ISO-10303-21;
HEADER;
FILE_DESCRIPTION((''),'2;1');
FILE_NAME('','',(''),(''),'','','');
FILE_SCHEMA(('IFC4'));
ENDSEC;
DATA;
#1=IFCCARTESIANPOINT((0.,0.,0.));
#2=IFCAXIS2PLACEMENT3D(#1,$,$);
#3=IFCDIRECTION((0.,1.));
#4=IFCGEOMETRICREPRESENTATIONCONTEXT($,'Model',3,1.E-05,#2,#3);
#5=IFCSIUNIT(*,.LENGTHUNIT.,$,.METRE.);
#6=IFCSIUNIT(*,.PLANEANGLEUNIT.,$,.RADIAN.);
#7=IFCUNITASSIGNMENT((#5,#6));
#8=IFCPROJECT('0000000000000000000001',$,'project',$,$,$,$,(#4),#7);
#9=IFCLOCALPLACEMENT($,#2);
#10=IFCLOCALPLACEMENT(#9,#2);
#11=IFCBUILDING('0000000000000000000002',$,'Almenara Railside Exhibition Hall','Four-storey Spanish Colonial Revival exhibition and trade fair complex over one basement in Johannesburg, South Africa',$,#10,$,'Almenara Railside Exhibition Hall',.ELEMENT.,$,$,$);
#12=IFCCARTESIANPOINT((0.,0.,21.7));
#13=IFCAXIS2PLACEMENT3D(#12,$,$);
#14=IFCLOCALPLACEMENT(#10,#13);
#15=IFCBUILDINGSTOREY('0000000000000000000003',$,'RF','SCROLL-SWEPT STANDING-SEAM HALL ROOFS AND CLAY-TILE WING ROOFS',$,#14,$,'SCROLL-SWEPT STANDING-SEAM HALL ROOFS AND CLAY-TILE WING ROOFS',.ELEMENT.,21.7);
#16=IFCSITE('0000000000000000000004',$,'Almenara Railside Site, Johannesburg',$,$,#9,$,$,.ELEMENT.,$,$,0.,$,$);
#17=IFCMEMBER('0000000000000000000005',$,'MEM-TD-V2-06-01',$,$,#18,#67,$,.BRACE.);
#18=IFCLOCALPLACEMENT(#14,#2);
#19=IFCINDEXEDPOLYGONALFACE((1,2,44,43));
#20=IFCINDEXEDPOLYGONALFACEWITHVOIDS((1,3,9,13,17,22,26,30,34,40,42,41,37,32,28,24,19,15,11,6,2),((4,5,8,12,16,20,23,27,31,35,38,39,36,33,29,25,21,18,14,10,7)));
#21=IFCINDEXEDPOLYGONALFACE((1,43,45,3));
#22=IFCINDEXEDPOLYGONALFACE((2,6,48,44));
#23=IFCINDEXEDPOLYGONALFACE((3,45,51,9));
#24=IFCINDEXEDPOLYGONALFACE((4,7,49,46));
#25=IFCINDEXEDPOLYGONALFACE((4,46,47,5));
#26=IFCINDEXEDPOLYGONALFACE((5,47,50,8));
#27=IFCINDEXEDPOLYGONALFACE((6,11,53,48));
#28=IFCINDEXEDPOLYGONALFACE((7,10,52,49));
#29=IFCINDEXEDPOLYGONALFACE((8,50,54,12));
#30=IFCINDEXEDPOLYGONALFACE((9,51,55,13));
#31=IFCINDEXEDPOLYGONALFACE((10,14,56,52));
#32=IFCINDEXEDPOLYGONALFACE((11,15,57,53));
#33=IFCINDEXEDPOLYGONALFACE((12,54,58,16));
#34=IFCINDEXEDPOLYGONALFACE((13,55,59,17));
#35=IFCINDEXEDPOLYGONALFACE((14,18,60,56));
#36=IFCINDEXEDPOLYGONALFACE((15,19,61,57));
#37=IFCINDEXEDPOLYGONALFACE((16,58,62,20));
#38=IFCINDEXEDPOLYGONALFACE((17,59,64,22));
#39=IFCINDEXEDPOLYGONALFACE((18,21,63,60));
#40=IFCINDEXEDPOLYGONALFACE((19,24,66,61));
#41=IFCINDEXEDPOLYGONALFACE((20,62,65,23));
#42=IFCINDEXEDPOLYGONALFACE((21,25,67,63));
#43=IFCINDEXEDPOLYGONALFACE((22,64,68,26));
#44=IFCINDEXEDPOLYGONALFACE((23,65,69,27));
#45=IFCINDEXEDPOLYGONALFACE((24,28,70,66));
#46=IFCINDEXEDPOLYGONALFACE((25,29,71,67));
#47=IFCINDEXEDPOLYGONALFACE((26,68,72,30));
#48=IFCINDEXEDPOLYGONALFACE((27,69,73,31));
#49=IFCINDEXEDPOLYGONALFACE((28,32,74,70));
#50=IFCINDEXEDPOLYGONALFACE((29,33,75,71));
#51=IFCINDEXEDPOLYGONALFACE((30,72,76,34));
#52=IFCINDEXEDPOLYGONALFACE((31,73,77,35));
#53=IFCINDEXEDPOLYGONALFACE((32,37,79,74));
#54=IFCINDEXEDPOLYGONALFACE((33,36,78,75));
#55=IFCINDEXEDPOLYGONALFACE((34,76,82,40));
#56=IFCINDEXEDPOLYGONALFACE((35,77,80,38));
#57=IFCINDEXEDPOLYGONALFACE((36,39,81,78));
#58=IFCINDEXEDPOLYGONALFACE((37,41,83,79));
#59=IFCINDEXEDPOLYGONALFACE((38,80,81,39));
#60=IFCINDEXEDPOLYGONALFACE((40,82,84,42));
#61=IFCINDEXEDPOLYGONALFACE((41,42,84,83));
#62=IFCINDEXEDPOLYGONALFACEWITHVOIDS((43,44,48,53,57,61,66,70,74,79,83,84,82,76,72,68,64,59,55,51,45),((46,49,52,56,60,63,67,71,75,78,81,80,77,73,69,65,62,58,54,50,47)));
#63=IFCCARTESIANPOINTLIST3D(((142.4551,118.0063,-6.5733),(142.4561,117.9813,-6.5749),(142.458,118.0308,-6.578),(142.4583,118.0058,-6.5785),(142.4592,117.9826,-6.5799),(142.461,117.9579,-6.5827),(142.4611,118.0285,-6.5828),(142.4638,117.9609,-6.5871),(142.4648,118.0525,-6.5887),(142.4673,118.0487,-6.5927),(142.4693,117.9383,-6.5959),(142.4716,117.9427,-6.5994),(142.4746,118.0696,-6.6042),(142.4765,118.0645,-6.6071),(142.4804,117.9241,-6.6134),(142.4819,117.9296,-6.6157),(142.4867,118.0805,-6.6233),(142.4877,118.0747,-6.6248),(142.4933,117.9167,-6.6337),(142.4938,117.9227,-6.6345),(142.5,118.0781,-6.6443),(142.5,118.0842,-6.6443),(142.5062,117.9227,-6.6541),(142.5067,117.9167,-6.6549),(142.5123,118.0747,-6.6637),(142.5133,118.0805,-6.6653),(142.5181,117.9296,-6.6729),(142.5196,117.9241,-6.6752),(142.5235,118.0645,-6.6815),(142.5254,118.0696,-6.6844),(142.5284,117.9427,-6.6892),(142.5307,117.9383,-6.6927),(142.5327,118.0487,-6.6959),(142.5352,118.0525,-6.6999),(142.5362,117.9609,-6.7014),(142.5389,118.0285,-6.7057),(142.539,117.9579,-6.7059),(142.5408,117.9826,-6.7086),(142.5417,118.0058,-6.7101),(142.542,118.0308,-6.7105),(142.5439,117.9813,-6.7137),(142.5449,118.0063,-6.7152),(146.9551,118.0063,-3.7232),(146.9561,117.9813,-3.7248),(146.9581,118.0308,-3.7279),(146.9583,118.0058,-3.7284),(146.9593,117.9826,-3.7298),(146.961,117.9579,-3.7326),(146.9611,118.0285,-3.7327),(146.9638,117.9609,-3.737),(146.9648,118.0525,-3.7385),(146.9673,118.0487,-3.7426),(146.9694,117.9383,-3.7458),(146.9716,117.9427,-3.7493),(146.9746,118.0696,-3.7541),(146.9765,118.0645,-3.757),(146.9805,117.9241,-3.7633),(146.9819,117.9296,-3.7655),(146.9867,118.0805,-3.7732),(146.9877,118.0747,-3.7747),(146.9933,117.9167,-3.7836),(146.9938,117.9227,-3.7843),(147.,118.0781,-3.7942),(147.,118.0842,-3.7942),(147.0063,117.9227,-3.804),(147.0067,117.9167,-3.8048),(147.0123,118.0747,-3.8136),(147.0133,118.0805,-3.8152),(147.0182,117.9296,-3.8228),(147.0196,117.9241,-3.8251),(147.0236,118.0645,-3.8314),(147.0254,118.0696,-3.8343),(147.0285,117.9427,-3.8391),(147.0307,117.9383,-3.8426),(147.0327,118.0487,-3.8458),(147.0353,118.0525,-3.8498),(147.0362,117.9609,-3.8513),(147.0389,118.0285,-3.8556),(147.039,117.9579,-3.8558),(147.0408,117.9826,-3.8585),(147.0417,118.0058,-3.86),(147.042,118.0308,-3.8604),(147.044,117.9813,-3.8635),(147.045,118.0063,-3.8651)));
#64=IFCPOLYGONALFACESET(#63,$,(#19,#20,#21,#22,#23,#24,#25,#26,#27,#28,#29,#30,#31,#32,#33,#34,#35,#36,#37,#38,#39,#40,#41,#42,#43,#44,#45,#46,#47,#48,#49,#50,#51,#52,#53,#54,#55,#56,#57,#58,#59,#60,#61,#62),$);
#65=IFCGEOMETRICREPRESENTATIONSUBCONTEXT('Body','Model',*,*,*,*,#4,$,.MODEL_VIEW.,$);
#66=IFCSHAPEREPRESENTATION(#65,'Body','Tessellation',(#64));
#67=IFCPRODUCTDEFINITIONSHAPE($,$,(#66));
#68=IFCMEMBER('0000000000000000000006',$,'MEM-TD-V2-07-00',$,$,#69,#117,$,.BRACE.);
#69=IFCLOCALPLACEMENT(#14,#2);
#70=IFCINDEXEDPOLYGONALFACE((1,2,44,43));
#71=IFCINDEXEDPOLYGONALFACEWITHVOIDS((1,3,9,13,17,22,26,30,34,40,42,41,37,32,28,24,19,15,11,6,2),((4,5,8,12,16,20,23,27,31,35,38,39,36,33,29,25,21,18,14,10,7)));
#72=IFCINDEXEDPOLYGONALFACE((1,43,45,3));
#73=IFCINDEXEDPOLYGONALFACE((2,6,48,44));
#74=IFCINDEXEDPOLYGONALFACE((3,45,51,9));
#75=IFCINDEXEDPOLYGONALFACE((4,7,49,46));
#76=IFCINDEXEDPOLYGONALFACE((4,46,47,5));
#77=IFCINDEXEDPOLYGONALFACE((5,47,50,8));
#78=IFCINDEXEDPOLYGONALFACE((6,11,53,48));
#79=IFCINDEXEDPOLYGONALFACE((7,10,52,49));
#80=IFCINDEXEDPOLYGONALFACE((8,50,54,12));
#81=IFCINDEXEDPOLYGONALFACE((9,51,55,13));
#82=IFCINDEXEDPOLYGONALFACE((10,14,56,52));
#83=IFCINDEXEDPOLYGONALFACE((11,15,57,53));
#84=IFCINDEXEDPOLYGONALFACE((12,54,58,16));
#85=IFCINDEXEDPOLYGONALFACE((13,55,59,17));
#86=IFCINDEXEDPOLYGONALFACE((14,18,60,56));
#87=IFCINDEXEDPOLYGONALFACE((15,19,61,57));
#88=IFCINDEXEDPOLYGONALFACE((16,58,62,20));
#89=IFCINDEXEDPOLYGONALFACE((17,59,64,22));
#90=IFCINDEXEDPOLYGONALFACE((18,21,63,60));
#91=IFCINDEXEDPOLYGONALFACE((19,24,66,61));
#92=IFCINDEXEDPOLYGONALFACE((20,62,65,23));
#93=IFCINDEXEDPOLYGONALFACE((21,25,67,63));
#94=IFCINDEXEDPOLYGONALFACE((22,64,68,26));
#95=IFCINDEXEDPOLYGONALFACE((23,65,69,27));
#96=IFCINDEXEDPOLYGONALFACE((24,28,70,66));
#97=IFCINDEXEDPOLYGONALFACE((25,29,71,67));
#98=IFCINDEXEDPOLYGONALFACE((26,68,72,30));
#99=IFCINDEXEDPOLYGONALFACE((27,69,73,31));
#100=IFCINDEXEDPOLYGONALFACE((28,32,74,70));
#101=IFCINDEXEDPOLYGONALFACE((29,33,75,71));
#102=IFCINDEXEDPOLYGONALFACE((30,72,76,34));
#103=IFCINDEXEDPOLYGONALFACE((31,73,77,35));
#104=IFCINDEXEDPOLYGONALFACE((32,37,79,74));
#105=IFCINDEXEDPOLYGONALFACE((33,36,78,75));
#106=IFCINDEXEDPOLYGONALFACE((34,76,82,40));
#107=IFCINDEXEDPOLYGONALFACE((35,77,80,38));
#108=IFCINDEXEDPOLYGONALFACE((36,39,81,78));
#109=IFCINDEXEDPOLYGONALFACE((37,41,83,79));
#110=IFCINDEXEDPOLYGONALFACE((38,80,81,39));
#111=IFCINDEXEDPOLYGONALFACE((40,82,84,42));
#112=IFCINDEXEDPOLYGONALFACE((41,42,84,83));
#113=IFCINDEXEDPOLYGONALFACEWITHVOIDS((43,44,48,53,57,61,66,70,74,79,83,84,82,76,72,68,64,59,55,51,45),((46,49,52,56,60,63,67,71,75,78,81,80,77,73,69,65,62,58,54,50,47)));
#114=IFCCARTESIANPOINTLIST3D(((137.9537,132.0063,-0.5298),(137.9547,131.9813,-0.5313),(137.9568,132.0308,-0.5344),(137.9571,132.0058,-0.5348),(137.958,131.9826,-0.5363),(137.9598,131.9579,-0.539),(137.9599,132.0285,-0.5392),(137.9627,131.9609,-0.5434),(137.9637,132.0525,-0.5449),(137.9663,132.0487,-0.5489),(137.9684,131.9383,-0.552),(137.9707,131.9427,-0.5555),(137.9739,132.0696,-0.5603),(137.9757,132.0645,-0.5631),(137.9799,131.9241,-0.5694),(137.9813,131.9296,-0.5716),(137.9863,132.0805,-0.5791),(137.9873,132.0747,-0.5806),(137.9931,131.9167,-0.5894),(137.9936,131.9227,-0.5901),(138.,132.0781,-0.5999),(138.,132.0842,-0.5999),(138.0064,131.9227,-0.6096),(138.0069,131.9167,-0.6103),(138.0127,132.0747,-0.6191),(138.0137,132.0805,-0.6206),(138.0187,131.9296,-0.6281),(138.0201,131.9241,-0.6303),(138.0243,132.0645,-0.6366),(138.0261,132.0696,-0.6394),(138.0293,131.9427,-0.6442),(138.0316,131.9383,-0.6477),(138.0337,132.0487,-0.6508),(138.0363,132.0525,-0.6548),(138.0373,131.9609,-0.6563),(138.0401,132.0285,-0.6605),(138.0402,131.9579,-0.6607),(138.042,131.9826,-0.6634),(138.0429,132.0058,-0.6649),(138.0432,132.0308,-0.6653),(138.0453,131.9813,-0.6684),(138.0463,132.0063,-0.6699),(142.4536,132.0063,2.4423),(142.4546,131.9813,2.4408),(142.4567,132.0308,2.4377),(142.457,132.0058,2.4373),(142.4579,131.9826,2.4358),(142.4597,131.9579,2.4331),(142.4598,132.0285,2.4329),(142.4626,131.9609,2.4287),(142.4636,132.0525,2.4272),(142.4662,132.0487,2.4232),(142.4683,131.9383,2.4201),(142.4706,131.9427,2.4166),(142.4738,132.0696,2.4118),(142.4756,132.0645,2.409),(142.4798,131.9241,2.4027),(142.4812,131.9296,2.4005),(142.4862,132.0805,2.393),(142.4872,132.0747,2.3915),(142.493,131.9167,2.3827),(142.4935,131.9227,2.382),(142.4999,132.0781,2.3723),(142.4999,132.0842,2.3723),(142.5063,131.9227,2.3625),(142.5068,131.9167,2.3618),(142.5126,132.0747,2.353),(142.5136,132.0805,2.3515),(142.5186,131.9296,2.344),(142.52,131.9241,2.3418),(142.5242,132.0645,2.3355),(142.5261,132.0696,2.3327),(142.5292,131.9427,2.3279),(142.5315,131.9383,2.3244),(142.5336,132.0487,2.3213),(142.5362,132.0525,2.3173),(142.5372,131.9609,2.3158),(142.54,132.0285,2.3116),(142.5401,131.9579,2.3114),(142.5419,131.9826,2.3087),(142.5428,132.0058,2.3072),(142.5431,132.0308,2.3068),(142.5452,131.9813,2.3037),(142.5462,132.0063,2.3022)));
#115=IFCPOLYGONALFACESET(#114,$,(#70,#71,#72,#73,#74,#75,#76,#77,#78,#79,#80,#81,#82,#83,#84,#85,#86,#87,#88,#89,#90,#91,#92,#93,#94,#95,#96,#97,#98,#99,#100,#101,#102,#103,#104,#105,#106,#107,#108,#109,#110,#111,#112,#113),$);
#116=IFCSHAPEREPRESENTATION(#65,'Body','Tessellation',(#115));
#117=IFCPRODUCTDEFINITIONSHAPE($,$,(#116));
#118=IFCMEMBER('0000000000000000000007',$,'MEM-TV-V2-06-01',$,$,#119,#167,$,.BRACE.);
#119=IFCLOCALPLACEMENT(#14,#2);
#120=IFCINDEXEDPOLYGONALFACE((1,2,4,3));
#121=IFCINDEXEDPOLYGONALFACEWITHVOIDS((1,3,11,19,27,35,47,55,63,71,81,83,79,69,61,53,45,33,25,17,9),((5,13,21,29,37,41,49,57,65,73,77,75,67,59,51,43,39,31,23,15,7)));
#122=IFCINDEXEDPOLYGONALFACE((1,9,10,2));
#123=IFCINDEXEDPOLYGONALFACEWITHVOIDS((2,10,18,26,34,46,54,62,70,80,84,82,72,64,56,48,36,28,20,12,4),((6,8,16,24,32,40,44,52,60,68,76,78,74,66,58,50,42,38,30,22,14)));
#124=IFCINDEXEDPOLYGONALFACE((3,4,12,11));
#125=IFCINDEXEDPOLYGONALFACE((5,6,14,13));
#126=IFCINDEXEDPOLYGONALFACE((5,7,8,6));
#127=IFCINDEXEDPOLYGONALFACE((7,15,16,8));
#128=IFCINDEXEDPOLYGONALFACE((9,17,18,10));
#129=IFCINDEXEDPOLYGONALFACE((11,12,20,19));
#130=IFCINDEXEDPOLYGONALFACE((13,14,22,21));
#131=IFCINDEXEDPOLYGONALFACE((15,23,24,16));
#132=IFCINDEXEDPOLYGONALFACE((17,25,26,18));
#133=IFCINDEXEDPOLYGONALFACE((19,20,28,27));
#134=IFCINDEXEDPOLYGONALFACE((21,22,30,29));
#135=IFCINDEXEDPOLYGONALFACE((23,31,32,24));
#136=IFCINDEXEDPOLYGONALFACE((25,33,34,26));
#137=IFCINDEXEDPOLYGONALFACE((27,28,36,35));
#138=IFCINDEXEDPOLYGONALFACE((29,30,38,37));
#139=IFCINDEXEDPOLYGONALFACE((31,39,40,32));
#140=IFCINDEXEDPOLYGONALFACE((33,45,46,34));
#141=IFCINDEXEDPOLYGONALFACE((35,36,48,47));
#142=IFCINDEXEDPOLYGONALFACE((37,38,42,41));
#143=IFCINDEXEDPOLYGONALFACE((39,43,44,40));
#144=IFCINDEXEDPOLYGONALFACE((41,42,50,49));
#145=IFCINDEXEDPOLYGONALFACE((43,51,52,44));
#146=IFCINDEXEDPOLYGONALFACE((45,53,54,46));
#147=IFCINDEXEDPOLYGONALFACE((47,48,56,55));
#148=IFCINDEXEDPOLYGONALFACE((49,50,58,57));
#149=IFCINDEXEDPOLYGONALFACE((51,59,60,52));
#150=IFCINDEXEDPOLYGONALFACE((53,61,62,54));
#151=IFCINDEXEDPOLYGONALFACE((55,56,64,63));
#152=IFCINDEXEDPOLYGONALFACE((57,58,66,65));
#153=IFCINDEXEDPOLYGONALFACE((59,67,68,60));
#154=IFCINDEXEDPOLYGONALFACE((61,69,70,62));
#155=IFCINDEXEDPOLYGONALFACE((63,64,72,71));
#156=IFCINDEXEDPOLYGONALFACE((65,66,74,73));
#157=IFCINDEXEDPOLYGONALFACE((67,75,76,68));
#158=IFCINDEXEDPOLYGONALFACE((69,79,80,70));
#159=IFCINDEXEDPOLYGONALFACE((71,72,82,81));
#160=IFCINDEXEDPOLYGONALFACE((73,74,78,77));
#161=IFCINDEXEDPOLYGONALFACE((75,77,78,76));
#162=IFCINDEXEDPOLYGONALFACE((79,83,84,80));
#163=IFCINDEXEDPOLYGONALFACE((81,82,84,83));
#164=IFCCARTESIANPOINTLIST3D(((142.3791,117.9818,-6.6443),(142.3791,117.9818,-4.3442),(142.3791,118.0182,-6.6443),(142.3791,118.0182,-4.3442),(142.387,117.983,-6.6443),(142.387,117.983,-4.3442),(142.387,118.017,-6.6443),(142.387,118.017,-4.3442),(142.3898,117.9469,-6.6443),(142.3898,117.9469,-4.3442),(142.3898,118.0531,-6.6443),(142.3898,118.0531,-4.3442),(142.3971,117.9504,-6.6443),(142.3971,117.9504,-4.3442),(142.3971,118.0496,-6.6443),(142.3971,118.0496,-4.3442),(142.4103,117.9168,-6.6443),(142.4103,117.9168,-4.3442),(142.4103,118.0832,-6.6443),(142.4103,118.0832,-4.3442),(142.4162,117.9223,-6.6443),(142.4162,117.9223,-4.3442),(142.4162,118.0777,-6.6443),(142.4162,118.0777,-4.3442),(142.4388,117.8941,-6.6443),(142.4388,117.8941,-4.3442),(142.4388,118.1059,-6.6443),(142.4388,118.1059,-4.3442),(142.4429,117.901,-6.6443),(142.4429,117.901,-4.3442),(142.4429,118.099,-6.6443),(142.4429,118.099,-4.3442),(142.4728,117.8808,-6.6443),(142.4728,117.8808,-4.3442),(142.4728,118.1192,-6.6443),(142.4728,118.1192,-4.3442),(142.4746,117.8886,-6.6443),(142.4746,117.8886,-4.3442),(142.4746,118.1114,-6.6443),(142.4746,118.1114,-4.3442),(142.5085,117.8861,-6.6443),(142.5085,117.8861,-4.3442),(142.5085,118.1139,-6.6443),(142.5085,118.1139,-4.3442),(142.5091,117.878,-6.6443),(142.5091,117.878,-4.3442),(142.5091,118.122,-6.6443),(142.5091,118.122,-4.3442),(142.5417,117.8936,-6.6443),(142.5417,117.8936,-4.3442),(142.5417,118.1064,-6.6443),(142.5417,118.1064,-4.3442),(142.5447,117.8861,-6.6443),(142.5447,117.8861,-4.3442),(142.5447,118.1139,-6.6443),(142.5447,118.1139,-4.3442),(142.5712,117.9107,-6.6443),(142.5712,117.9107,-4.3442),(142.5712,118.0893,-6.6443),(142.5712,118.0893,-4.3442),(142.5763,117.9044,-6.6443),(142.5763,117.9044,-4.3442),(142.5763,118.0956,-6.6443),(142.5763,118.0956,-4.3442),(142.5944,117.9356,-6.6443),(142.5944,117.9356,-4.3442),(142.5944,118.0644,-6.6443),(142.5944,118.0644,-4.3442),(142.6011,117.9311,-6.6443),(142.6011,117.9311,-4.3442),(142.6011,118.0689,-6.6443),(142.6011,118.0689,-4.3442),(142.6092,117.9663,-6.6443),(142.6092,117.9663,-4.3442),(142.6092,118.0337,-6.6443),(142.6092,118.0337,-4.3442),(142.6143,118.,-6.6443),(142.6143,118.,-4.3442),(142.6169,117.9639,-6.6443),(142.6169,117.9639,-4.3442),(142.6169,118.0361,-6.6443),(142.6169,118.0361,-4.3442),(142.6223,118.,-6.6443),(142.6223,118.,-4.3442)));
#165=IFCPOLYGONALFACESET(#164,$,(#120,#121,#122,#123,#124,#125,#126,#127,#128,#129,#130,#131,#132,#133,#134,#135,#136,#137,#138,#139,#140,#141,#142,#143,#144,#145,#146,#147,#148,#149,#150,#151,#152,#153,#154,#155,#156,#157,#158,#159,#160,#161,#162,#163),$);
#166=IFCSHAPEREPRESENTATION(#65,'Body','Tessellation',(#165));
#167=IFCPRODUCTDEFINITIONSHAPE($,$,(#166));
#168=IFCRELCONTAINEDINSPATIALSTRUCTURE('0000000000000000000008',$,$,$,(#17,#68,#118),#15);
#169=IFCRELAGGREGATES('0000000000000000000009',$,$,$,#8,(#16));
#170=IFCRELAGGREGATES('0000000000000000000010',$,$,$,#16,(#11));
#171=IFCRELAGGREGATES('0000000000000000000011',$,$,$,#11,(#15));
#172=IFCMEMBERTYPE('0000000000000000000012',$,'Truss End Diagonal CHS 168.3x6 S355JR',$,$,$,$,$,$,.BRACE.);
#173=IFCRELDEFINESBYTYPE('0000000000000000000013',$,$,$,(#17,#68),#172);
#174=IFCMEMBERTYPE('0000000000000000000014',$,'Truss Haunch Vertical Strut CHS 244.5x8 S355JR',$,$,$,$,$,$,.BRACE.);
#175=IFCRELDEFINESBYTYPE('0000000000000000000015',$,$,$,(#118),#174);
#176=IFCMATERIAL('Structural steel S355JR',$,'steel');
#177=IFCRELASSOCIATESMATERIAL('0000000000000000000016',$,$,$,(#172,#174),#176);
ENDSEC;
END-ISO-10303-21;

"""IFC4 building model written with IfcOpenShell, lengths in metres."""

from ifc_helpers import new_model, si_unit, direction, frame, origin, origin_2d, place, context, subcontext, project, spatial, hollow_circle, extrude, material, material_profile, profile_set, type_object, element, save


model = new_model("IFC4")

# Units and contexts
model_context = context("Model", 3, precision=1e-05, world=origin(), true_north=direction((0.0, 1.0)))
body_context = subcontext(model_context, "Body", "Model", "MODEL_VIEW")
ifc_project = project(units=[si_unit("LENGTHUNIT", "METRE"), si_unit("PLANEANGLEUNIT", "RADIAN")], contexts=[model_context])

# Site, building, storey
site_placement = place(None, origin())
site = spatial("IfcSite", under=ifc_project, at=site_placement, Name="Almenara Railside Site, Johannesburg", CompositionType="ELEMENT", RefElevation=0.0)
building_placement = place(site_placement, origin())
building = spatial("IfcBuilding", under=site, at=building_placement, Name="Almenara Railside Exhibition Hall", Description="Four-storey Spanish Colonial Revival exhibition and trade fair complex over one basement in Johannesburg, South Africa", LongName="Almenara Railside Exhibition Hall", CompositionType="ELEMENT")
storey_placement = place(building_placement, frame((0.0, 0.0, 21.7)))
storey = spatial("IfcBuildingStorey", under=building, at=storey_placement, Name="RF", Description="SCROLL-SWEPT STANDING-SEAM HALL ROOFS AND CLAY-TILE WING ROOFS", LongName="SCROLL-SWEPT STANDING-SEAM HALL ROOFS AND CLAY-TILE WING ROOFS", CompositionType="ELEMENT", Elevation=21.7)

# Shared definitions
ifc_material_1 = material(Name="Structural steel S355JR", Category="steel")

# Members
ifc_material_profile_1 = material_profile(ifc_material_1, hollow_circle(Radius=0.0842, WallThickness=0.0061, at=origin_2d()), Name="CHS 168.3x6")
ifc_profile_set_1 = profile_set([ifc_material_profile_1], Name="Structural steel S355JR")
member_type_1 = type_object("IfcMemberType", Name="Truss End Diagonal CHS 168.3x6 S355JR", PredefinedType="BRACE", material=ifc_profile_set_1)
member_1_placement = place(storey_placement, frame((142.5, 118.0, -6.6443), z_axis=(0.844811, 0.0, 0.535065), x_axis=(0.0, 1.0, 0.0)))
element("IfcMember", 1, at=member_1_placement, inside=storey, type_object=member_type_1, Name="MEM-TD-V2-06-01", PredefinedType="BRACE", context=body_context, shape_type="SweptSolid", body=[
    extrude(hollow_circle(Radius=0.0842, WallThickness=0.0061, at=origin_2d()), origin(), (0.0, 0.0, 1.0), 5.3267),
])
member_2_placement = place(storey_placement, frame((138.0, 132.0, -0.5999), z_axis=(0.834425, 0.0, 0.551122), x_axis=(0.0, 1.0, 0.0)))
element("IfcMember", 2, at=member_2_placement, inside=storey, type_object=member_type_1, Name="MEM-TD-V2-07-00", PredefinedType="BRACE", context=body_context, shape_type="SweptSolid", body=[
    extrude(hollow_circle(Radius=0.0842, WallThickness=0.0061, at=origin_2d()), origin(), (0.0, 0.0, 1.0), 5.3928),
])
ifc_material_profile_2 = material_profile(ifc_material_1, hollow_circle(Radius=0.1223, WallThickness=0.0081, at=origin_2d()), Name="CHS 244.5x8")
ifc_profile_set_2 = profile_set([ifc_material_profile_2], Name="Structural steel S355JR")
member_type_2 = type_object("IfcMemberType", Name="Truss Haunch Vertical Strut CHS 244.5x8 S355JR", PredefinedType="BRACE", material=ifc_profile_set_2)
member_3_placement = place(storey_placement, frame((142.5, 118.0, -6.6443), z_axis=(0.0, 0.0, 1.0), x_axis=(1.0, 0.0, 0.0)))
element("IfcMember", 3, at=member_3_placement, inside=storey, type_object=member_type_2, Name="MEM-TV-V2-06-01", PredefinedType="BRACE", context=body_context, shape_type="SweptSolid", body=[
    extrude(hollow_circle(Radius=0.1223, WallThickness=0.0081, at=origin_2d()), origin(), (0.0, 0.0, 1.0), 2.3),
])

save(model, "model.ifc")
